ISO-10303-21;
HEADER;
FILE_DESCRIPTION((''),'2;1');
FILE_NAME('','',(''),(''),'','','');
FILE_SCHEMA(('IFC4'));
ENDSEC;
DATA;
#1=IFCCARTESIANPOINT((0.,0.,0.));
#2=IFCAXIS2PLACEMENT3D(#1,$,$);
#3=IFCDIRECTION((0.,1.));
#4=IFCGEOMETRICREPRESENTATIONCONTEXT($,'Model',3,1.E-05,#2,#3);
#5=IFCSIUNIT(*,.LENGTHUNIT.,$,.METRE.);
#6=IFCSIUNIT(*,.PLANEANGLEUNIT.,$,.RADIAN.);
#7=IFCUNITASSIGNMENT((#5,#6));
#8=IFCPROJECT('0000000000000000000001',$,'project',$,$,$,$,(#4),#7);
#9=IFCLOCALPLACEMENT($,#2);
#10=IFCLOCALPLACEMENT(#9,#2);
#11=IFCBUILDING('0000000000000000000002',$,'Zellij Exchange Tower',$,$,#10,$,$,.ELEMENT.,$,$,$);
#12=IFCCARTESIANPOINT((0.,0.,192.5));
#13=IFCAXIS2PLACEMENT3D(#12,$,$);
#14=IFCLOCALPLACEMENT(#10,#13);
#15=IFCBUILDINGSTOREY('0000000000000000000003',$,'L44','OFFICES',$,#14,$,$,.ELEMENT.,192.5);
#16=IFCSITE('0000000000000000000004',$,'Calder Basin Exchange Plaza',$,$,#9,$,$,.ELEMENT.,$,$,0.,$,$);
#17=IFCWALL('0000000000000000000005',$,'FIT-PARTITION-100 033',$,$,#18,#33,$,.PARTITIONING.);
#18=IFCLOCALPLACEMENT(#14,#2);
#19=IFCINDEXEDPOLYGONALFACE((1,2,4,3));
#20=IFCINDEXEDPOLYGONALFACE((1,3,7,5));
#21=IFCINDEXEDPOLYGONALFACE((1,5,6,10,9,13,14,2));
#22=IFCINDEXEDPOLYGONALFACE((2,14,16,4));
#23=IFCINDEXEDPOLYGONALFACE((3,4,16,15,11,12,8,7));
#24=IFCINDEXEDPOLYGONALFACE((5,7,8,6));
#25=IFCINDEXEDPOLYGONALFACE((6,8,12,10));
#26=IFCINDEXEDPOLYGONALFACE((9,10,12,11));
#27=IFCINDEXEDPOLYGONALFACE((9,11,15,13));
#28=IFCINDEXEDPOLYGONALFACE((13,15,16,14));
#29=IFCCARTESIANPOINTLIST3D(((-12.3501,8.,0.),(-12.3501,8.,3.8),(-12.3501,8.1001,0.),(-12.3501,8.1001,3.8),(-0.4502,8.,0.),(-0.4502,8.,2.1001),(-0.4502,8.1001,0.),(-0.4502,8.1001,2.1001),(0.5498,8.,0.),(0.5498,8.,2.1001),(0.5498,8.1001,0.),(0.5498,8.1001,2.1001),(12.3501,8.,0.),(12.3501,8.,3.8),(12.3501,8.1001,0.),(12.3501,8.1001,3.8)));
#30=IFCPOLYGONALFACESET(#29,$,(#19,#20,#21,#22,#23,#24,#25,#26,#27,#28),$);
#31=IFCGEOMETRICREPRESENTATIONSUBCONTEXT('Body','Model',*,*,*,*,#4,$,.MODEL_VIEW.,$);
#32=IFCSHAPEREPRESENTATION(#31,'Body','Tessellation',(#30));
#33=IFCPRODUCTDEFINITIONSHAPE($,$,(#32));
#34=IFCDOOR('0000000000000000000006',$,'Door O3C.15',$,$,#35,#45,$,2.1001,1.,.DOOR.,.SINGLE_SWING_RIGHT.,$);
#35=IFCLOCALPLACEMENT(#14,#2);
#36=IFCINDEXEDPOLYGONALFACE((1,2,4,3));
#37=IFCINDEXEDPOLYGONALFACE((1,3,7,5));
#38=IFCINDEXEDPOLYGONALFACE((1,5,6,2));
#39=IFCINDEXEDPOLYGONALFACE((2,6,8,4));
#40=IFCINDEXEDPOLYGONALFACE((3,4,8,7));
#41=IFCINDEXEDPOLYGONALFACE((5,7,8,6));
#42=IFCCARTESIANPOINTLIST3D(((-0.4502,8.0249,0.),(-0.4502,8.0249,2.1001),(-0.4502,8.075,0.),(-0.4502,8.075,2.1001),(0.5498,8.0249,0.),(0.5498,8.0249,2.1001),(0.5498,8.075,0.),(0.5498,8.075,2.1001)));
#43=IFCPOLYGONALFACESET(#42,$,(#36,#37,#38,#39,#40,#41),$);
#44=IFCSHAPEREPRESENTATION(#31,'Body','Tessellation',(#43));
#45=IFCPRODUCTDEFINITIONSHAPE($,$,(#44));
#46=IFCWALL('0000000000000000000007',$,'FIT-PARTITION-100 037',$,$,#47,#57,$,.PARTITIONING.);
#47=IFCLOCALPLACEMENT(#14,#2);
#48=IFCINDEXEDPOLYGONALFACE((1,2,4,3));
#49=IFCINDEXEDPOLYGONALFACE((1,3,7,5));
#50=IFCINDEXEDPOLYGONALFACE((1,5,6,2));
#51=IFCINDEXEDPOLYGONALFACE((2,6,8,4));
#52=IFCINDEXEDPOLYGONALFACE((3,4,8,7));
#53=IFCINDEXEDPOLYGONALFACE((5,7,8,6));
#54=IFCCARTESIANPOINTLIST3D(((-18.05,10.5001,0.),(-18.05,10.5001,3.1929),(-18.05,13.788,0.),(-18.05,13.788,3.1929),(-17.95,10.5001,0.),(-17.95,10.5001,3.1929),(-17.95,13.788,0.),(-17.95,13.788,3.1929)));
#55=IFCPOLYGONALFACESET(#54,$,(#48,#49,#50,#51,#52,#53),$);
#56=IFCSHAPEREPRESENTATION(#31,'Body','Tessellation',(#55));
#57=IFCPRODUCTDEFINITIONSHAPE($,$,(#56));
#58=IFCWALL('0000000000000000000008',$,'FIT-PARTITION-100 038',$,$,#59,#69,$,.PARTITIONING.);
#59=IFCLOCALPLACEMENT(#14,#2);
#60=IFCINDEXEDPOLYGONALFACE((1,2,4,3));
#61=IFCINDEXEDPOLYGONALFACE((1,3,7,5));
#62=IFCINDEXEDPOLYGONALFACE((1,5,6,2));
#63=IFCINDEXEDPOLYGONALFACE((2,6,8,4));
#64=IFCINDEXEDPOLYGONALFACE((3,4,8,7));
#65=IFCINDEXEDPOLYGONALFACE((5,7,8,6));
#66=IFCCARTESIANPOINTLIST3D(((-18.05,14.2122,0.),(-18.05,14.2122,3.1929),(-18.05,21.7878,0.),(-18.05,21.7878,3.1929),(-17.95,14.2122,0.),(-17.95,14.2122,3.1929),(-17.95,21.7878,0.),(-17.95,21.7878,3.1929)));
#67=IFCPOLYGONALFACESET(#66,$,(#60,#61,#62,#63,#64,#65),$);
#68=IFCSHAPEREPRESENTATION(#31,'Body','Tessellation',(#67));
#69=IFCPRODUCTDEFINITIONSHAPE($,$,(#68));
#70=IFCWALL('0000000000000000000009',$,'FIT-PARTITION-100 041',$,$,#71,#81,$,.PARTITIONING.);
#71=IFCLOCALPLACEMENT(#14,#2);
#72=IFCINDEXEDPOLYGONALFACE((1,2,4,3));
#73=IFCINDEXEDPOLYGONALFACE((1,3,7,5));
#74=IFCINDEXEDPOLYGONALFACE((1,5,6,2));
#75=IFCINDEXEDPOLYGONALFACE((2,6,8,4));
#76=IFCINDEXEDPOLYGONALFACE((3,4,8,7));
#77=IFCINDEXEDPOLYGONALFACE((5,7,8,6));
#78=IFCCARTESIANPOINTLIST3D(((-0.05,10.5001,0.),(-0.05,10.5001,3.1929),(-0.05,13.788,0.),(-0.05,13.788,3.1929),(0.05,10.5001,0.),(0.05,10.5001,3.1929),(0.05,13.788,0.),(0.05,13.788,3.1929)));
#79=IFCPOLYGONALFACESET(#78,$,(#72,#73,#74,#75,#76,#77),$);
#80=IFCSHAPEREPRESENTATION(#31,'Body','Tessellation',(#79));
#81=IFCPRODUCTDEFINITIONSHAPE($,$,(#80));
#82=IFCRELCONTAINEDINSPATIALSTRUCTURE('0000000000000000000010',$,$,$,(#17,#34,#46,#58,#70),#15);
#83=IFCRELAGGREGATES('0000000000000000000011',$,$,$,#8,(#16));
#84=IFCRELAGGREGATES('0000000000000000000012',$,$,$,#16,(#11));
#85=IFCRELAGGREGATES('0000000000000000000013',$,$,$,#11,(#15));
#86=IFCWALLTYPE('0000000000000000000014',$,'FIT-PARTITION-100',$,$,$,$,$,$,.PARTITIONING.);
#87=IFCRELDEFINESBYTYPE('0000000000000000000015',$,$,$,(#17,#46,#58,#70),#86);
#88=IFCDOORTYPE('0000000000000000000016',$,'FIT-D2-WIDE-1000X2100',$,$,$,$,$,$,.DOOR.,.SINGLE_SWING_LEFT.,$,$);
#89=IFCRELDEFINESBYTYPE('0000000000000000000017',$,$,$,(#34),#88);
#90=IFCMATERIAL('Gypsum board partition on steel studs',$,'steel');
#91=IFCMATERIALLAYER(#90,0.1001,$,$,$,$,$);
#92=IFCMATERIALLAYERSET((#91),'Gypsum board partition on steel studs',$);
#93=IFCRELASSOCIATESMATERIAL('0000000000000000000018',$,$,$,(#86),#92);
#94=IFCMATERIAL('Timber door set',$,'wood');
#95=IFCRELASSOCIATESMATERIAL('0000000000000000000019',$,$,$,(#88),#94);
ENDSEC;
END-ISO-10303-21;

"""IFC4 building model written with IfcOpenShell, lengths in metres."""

from ifc_helpers import new_model, si_unit, direction, frame, frame_2d, origin, place, context, subcontext, project, spatial, rectangle, extrude, material, layer, layer_set, type_object, element, fill, save


model = new_model("IFC4")

# Units and contexts
model_context = context("Model", 3, precision=1e-05, world=origin(), true_north=direction((0.0, 1.0)))
body_context = subcontext(model_context, "Body", "Model", "MODEL_VIEW")
ifc_project = project(units=[si_unit("LENGTHUNIT", "METRE"), si_unit("PLANEANGLEUNIT", "RADIAN")], contexts=[model_context])

# Site, building, storey
site_placement = place(None, origin())
site = spatial("IfcSite", under=ifc_project, at=site_placement, Name="Calder Basin Exchange Plaza", CompositionType="ELEMENT", RefElevation=0.0)
building_placement = place(site_placement, origin())
building = spatial("IfcBuilding", under=site, at=building_placement, Name="Zellij Exchange Tower", CompositionType="ELEMENT")
storey_placement = place(building_placement, frame((0.0, 0.0, 192.5)))
storey = spatial("IfcBuildingStorey", under=building, at=storey_placement, Name="L44", Description="OFFICES", CompositionType="ELEMENT", Elevation=192.5)

# Shared definitions
ifc_material_1 = material(Name="Gypsum board partition on steel studs", Category="steel")
ifc_layer_1 = layer(ifc_material_1, 0.1001)
ifc_layer_set_1 = layer_set([ifc_layer_1], Name="Gypsum board partition on steel studs")
wall_type_1 = type_object("IfcWallType", Name="FIT-PARTITION-100", PredefinedType="PARTITIONING", material=ifc_layer_set_1)
ifc_material_2 = material(Name="Timber door set", Category="wood")
door_type = type_object("IfcDoorType", Name="FIT-D2-WIDE-1000X2100", OperationType="SINGLE_SWING_LEFT", PredefinedType="DOOR", material=ifc_material_2)

# Wall, opening, door
wall_1_placement = place(storey_placement, frame((-12.3501, 8.05, 0.0), z_axis=(0.0, 0.0, 1.0), x_axis=(1.0, 0.0, 0.0)))
wall_1 = element("IfcWall", 1, at=wall_1_placement, inside=storey, type_object=wall_type_1, Name="FIT-PARTITION-100 033", PredefinedType="PARTITIONING", context=body_context, shape_type="SweptSolid", body=[
    extrude(rectangle(XDim=24.7002, YDim=0.1001, at=frame_2d((12.3501, 0.0))), origin(), (0.0, 0.0, 1.0), 3.8),
])
opening_1_placement = place(wall_1_placement, frame((11.8999, 0.0, 0.0)))
opening_1 = element("IfcOpeningElement", 2, at=opening_1_placement, cuts=wall_1, PredefinedType="OPENING", context=body_context, shape_type="SweptSolid", body=[
    extrude(rectangle(XDim=1.0, YDim=2.1001, at=frame_2d((0.5, 1.05))), frame((0.0, 0.062, 0.0), z_axis=(0.0, -1.0, 0.0), x_axis=(1.0, 0.0, 0.0)), (0.0, 0.0, 1.0), 0.124),
])
door_1_placement = place(opening_1_placement, origin())
door_1 = element("IfcDoor", 3, at=door_1_placement, inside=storey, type_object=door_type, Name="Door O3C.15", OperationType="SINGLE_SWING_RIGHT", OverallHeight=2.1001, OverallWidth=1.0, PredefinedType="DOOR", context=body_context, shape_type="SweptSolid", body=[
    extrude(rectangle(XDim=1.0, YDim=2.1001, at=frame_2d((0.5, 1.05))), frame((0.0, 0.0249, 0.0), z_axis=(0.0, -1.0, 0.0), x_axis=(1.0, 0.0, 0.0)), (0.0, 0.0, 1.0), 0.05),
])
fill(opening_1, door_1)

# Walls
wall_2_placement = place(storey_placement, frame((-18.0, 10.5, 0.0), z_axis=(0.0, 0.0, 1.0), x_axis=(0.0, 1.0, 0.0)))
element("IfcWall", 4, at=wall_2_placement, inside=storey, type_object=wall_type_1, Name="FIT-PARTITION-100 037", PredefinedType="PARTITIONING", context=body_context, shape_type="SweptSolid", body=[
    extrude(rectangle(XDim=3.2878, YDim=0.1001, at=frame_2d((1.644, 0.0))), origin(), (0.0, 0.0, 1.0), 3.1929),
])
wall_3_placement = place(storey_placement, frame((-18.0, 14.2122, 0.0), z_axis=(0.0, 0.0, 1.0), x_axis=(0.0, 1.0, 0.0)))
element("IfcWall", 5, at=wall_3_placement, inside=storey, type_object=wall_type_1, Name="FIT-PARTITION-100 038", PredefinedType="PARTITIONING", context=body_context, shape_type="SweptSolid", body=[
    extrude(rectangle(XDim=7.5757, YDim=0.1001, at=frame_2d((3.7878, 0.0))), origin(), (0.0, 0.0, 1.0), 3.1929),
])
wall_4_placement = place(storey_placement, frame((0.0, 10.5, 0.0), z_axis=(0.0, 0.0, 1.0), x_axis=(0.0, 1.0, 0.0)))
element("IfcWall", 6, at=wall_4_placement, inside=storey, type_object=wall_type_1, Name="FIT-PARTITION-100 041", PredefinedType="PARTITIONING", context=body_context, shape_type="SweptSolid", body=[
    extrude(rectangle(XDim=3.2878, YDim=0.1001, at=frame_2d((1.644, 0.0))), origin(), (0.0, 0.0, 1.0), 3.1929),
])

save(model, "model.ifc")
